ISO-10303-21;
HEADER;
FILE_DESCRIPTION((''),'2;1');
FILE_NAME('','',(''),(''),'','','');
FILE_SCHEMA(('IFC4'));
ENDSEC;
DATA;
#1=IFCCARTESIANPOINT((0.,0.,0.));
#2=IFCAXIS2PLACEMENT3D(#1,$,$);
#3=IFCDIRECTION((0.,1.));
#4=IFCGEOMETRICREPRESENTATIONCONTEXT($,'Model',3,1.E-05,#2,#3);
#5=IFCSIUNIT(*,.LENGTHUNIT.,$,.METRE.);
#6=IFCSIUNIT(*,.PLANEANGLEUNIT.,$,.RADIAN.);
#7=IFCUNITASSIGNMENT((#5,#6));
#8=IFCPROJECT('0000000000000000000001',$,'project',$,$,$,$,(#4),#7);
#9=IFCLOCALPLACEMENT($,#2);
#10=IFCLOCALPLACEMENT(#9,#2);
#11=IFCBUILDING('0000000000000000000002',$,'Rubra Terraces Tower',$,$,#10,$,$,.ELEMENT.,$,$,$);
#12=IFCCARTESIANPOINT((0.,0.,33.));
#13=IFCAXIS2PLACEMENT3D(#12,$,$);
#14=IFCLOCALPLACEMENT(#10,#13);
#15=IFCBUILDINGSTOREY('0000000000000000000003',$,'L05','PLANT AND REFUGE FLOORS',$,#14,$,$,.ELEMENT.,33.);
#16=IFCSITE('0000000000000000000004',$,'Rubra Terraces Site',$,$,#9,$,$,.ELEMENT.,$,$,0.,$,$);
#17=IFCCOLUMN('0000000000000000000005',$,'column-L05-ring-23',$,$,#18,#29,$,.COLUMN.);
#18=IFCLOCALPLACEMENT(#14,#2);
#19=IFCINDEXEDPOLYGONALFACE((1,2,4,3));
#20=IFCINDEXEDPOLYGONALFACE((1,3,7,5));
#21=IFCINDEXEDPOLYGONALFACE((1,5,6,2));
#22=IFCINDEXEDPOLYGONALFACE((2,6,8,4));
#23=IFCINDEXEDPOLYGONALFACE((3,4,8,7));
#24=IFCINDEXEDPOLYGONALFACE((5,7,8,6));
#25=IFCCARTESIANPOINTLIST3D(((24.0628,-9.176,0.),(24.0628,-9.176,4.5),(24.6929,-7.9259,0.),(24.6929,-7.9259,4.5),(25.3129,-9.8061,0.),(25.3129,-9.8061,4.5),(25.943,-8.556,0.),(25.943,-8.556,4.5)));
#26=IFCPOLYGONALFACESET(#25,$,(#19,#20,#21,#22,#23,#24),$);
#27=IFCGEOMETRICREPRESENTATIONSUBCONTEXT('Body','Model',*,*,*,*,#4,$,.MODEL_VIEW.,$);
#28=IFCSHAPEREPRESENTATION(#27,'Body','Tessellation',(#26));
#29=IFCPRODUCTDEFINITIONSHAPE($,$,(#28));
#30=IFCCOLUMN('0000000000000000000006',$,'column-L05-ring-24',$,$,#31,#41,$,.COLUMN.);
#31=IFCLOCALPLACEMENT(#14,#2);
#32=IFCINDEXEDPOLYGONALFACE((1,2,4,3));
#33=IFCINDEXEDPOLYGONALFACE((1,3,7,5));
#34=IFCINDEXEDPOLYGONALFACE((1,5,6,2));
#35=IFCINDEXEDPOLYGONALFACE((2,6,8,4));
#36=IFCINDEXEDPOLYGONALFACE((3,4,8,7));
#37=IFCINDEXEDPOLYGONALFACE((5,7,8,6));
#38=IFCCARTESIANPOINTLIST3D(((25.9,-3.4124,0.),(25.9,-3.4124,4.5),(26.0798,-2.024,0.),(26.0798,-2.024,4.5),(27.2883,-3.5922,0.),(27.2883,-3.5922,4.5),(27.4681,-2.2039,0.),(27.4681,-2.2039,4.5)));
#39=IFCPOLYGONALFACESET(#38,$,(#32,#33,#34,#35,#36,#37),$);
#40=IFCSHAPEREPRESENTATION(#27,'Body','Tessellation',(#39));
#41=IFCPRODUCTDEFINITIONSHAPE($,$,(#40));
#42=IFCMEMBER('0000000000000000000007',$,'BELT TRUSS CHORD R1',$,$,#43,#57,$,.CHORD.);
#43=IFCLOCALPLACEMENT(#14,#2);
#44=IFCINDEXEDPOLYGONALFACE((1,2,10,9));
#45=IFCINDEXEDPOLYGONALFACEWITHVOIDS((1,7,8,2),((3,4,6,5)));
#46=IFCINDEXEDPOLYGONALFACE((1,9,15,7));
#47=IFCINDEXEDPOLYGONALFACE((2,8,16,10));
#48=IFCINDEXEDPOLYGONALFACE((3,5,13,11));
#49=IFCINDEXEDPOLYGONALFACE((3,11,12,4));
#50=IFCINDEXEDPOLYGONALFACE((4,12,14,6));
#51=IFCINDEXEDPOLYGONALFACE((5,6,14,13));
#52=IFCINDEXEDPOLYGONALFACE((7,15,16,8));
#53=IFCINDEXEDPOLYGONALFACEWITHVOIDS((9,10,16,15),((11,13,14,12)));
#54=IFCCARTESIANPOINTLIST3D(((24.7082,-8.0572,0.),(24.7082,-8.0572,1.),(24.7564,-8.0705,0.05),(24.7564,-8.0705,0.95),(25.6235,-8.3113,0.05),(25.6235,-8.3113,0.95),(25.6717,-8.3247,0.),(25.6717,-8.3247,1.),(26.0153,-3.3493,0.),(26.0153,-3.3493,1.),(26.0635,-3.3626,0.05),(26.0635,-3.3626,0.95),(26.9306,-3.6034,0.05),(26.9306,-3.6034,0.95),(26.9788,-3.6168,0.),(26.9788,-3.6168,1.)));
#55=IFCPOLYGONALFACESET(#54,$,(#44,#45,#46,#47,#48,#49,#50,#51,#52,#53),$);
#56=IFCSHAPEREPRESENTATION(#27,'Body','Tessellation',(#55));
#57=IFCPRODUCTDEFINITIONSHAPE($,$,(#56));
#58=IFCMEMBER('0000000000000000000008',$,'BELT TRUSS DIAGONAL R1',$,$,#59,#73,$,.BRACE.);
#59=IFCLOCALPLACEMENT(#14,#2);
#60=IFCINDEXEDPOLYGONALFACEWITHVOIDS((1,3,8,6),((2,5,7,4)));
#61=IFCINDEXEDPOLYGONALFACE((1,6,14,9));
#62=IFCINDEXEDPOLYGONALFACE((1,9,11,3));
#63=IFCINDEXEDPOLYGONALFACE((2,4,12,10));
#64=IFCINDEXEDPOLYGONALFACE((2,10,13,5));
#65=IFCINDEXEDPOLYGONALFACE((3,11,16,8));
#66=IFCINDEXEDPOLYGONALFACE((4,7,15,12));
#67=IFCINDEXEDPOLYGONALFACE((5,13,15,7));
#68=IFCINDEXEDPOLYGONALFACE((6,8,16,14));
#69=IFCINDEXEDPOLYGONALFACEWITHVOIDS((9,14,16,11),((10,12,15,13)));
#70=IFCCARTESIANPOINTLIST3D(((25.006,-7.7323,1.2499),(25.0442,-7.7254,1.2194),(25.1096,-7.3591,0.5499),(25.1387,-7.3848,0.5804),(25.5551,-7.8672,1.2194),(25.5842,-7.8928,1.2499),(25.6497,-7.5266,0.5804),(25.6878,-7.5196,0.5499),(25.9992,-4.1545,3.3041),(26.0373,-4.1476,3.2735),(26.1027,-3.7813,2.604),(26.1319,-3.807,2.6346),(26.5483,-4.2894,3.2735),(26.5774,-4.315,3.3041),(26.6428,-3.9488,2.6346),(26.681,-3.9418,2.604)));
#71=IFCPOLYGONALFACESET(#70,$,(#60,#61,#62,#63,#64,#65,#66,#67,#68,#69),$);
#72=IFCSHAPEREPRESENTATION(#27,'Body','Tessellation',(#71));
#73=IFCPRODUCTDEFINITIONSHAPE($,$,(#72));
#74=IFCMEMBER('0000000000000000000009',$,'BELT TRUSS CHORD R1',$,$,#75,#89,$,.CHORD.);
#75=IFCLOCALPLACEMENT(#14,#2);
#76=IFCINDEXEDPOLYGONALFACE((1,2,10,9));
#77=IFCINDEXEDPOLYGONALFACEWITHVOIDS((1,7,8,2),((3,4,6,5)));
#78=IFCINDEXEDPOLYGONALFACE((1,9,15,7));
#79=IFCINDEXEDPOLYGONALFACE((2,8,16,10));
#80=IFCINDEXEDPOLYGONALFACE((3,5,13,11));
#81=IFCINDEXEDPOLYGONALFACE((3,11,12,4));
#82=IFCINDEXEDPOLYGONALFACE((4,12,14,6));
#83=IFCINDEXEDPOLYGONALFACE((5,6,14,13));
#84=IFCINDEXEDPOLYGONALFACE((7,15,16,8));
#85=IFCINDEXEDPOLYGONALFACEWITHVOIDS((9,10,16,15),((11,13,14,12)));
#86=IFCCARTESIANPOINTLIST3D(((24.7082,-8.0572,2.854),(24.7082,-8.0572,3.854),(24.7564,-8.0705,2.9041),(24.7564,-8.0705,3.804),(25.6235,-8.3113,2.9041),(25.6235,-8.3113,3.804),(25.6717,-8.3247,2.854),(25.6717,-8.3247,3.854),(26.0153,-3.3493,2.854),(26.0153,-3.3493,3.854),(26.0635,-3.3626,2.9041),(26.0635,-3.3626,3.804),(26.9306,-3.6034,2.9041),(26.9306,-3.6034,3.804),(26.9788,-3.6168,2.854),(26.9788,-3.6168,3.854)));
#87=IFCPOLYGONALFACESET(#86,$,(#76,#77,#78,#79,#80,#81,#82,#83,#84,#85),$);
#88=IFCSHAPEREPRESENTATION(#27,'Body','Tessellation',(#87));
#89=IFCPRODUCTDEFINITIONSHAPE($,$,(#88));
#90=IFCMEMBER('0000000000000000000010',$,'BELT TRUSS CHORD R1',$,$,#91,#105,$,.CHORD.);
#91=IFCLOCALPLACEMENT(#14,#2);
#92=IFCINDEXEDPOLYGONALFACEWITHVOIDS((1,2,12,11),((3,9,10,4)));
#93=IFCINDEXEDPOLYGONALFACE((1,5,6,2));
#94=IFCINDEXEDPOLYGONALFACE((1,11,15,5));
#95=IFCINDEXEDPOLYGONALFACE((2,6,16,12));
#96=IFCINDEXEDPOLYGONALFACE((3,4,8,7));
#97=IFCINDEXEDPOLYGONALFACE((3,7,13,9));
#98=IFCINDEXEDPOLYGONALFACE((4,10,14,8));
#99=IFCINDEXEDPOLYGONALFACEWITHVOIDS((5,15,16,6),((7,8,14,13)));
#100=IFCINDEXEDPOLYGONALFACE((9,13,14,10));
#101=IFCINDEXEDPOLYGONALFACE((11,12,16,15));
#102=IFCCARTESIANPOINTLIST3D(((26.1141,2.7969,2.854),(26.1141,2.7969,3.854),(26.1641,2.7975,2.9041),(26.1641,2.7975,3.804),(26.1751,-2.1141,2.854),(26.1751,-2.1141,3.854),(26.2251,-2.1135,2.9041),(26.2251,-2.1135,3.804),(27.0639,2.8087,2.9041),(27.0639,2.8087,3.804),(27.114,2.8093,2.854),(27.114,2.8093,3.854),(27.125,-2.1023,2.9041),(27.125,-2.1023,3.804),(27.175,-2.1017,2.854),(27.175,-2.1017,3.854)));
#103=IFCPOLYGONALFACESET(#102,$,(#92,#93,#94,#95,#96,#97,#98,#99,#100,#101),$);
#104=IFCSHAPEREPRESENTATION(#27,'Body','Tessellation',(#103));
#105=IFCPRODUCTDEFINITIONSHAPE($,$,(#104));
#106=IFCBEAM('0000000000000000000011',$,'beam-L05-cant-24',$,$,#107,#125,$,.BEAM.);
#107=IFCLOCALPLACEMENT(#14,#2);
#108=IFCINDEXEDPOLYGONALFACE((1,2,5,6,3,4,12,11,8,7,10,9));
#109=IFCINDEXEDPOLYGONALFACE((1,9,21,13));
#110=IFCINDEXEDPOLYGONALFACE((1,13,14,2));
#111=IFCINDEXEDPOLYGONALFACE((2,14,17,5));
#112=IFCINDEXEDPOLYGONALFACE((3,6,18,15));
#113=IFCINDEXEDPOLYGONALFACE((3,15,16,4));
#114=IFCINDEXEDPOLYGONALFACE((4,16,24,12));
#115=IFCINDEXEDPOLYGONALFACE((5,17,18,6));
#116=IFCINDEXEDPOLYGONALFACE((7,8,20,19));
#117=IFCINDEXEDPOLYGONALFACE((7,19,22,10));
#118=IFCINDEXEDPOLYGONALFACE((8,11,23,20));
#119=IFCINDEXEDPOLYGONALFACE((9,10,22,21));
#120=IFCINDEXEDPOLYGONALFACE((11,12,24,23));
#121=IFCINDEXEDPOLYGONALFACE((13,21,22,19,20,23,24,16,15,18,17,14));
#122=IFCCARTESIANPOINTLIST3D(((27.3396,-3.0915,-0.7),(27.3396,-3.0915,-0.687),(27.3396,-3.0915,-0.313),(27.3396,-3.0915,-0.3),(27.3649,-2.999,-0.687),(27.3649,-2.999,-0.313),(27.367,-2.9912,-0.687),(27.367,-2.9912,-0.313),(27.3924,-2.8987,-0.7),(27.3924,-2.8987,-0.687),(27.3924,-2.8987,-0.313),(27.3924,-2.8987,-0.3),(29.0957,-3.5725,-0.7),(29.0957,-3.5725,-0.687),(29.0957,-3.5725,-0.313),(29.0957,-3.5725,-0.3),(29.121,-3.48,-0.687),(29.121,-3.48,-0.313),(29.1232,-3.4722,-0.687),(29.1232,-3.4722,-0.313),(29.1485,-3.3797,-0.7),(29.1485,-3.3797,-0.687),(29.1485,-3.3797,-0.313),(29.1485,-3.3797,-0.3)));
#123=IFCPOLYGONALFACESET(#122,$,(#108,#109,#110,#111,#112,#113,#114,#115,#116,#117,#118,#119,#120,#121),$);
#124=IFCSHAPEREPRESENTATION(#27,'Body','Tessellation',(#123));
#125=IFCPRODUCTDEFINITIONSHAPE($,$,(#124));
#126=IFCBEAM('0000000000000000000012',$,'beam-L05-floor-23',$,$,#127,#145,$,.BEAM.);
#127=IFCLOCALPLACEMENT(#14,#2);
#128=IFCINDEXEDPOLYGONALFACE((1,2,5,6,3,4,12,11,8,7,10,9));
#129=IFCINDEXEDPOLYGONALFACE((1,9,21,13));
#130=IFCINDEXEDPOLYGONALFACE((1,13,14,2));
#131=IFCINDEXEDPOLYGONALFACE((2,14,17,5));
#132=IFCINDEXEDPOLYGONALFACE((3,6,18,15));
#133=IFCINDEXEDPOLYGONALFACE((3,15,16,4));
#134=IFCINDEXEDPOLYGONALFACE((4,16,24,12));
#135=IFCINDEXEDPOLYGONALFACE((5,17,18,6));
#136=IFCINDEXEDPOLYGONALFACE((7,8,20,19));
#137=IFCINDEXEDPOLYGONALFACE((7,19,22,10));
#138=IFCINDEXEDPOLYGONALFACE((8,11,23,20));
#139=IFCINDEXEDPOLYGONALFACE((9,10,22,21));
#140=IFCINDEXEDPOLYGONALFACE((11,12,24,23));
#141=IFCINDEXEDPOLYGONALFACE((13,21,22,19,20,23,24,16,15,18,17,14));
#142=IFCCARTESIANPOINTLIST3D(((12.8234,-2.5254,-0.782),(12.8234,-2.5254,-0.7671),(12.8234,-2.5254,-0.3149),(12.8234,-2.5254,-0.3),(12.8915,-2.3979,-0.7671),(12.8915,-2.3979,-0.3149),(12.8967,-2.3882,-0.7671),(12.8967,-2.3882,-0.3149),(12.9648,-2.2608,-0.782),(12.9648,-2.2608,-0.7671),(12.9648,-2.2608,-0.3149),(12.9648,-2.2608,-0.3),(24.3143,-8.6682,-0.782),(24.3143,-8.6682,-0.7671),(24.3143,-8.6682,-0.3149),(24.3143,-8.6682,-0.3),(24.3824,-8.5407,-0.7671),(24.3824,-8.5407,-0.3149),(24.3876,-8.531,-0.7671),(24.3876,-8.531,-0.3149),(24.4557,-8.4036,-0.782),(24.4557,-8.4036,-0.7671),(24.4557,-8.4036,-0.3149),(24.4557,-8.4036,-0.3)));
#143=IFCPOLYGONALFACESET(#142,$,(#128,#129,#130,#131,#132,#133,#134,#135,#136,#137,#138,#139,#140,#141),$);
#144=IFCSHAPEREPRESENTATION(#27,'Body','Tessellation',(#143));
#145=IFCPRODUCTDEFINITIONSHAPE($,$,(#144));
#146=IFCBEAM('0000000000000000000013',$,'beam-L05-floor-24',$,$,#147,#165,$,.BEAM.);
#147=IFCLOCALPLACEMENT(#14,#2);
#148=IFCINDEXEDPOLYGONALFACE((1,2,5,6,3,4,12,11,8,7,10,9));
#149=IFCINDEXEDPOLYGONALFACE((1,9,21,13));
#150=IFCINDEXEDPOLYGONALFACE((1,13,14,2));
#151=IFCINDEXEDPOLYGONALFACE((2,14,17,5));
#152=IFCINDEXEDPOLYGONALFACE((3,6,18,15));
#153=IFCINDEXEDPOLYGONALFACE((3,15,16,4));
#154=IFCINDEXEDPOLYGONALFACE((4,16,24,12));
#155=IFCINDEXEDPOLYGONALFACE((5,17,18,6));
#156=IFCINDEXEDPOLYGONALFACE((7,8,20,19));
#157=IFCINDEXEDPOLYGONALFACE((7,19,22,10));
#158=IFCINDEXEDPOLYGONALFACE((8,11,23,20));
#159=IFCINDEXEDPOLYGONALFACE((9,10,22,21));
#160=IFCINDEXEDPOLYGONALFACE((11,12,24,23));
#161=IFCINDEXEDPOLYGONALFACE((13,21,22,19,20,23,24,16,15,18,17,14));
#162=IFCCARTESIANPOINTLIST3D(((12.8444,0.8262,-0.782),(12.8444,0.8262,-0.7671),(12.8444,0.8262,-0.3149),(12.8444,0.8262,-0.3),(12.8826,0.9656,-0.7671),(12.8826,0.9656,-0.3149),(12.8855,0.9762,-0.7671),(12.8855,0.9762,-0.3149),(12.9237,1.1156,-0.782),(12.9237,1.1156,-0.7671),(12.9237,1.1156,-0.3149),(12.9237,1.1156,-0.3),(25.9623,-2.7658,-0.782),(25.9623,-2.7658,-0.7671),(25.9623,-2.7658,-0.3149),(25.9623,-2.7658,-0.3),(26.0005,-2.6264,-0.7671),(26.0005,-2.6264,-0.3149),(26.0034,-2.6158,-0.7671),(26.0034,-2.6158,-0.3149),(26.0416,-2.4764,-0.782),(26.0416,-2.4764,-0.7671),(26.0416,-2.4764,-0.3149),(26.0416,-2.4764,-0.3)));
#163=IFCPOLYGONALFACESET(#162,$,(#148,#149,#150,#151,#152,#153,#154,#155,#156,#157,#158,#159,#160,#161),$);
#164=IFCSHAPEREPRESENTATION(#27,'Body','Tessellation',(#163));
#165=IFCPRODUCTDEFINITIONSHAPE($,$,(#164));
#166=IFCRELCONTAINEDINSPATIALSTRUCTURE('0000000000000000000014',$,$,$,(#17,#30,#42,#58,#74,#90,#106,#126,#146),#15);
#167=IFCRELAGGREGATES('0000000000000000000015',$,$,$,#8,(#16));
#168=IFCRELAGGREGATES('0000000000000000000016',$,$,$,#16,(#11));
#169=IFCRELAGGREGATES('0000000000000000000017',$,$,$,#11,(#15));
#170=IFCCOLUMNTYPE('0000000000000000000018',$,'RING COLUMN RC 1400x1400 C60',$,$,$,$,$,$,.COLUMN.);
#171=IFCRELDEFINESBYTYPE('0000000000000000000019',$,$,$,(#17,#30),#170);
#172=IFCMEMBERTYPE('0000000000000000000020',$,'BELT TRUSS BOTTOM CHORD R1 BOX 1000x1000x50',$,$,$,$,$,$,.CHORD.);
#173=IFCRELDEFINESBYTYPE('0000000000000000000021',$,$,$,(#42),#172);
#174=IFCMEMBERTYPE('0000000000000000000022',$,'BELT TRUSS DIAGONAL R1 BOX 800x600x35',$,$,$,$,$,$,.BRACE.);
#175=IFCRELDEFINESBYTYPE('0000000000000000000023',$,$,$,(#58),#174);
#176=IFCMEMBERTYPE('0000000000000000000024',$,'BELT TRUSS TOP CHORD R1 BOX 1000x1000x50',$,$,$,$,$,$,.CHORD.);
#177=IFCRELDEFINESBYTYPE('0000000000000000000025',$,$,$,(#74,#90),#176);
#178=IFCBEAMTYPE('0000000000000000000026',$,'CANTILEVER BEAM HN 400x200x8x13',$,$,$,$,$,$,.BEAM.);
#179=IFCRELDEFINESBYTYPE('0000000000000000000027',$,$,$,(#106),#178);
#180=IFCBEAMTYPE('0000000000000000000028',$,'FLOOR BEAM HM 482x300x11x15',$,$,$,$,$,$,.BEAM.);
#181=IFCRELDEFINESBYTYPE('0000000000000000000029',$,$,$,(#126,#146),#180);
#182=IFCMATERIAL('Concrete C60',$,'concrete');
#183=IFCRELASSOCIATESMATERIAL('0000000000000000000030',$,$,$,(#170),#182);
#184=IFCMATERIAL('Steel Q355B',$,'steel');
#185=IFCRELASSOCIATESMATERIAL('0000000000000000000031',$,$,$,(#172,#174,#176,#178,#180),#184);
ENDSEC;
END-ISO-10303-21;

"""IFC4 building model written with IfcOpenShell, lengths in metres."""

from ifc_helpers import new_model, si_unit, direction, frame, origin, origin_2d, place, context, subcontext, project, spatial, rectangle, hollow_rectangle, i_section, extrude, material, material_profile, profile_set, type_object, element, save


model = new_model("IFC4")

# Units and contexts
model_context = context("Model", 3, precision=1e-05, world=origin(), true_north=direction((0.0, 1.0)))
body_context = subcontext(model_context, "Body", "Model", "MODEL_VIEW")
ifc_project = project(units=[si_unit("LENGTHUNIT", "METRE"), si_unit("PLANEANGLEUNIT", "RADIAN")], contexts=[model_context])

# Site, building, storey
site_placement = place(None, origin())
site = spatial("IfcSite", under=ifc_project, at=site_placement, Name="Rubra Terraces Site", CompositionType="ELEMENT", RefElevation=0.0)
building_placement = place(site_placement, origin())
building = spatial("IfcBuilding", under=site, at=building_placement, Name="Rubra Terraces Tower", CompositionType="ELEMENT")
storey_placement = place(building_placement, frame((0.0, 0.0, 33.0)))
storey = spatial("IfcBuildingStorey", under=building, at=storey_placement, Name="L05", Description="PLANT AND REFUGE FLOORS", CompositionType="ELEMENT", Elevation=33.0)

# Columns
ifc_material_1 = material(Name="Concrete C60", Category="concrete")
ifc_material_profile_1 = material_profile(ifc_material_1, rectangle(XDim=1.3999, YDim=1.3999, at=origin_2d()), Name="RC 1400x1400")
ifc_profile_set_1 = profile_set([ifc_material_profile_1], Name="Concrete C60")
column_type = type_object("IfcColumnType", Name="RING COLUMN RC 1400x1400 C60", PredefinedType="COLUMN", material=ifc_profile_set_1)
for number, where, z_axis, x_axis, name in (
    (1, (25.0029, -8.866, 0.0), (0.0, 0.0, 1.0), (0.450099, 0.892979, 0.0), "column-L05-ring-23"),
    (2, (26.6841, -2.8081, 0.0), (0.0, 0.0, 1.0), (0.128445, 0.991717, 0.0), "column-L05-ring-24"),
):
    element("IfcColumn", number, at=place(storey_placement, frame(where, z_axis=z_axis, x_axis=x_axis)), inside=storey, type_object=column_type, Name=name, PredefinedType="COLUMN", context=body_context, shape_type="SweptSolid", body=[
        extrude(rectangle(XDim=1.3999, YDim=1.3999, at=origin_2d()), origin(), (0.0, 0.0, 1.0), 4.5),
    ])

# Members
ifc_material_2 = material(Name="Steel Q355B", Category="steel")
ifc_material_profile_2 = material_profile(ifc_material_2, hollow_rectangle(XDim=1.0, YDim=1.0, WallThickness=0.05, at=origin_2d()), Name="BOX 1000x1000x50")
ifc_profile_set_2 = profile_set([ifc_material_profile_2], Name="Steel Q355B")
member_type_1 = type_object("IfcMemberType", Name="BELT TRUSS BOTTOM CHORD R1 BOX 1000x1000x50", PredefinedType="CHORD", material=ifc_profile_set_2)
member_1_placement = place(storey_placement, frame((25.1899, -8.1909, 0.5), z_axis=(0.26752, 0.963552, 0.0), x_axis=(-0.963552, 0.26752, 0.0)))
element("IfcMember", 3, at=member_1_placement, inside=storey, type_object=member_type_1, Name="BELT TRUSS CHORD R1", PredefinedType="CHORD", context=body_context, shape_type="SweptSolid", body=[
    extrude(hollow_rectangle(XDim=1.0, YDim=1.0, WallThickness=0.05, at=origin_2d()), origin(), (0.0, 0.0, 1.0), 4.886),
])
ifc_material_profile_3 = material_profile(ifc_material_2, hollow_rectangle(XDim=0.6001, YDim=0.8, WallThickness=0.0349, at=origin_2d()), Name="BOX 800x600x35")
ifc_profile_set_3 = profile_set([ifc_material_profile_3], Name="Steel Q355B")
member_type_2 = type_object("IfcMemberType", Name="BELT TRUSS DIAGONAL R1 BOX 800x600x35", PredefinedType="BRACE", material=ifc_profile_set_3)
member_2_placement = place(storey_placement, frame((25.3469, -7.626, 0.8999), z_axis=(0.234043, 0.843143, 0.484081), x_axis=(-0.963566, 0.267471, 0.0)))
element("IfcMember", 4, at=member_2_placement, inside=storey, type_object=member_type_2, Name="BELT TRUSS DIAGONAL R1", PredefinedType="BRACE", context=body_context, shape_type="SweptSolid", body=[
    extrude(hollow_rectangle(XDim=0.6001, YDim=0.8, WallThickness=0.0349, at=origin_2d()), origin(), (0.0, 0.0, 1.0), 4.2434),
])
ifc_material_profile_4 = material_profile(ifc_material_2, hollow_rectangle(XDim=1.0, YDim=1.0, WallThickness=0.05, at=origin_2d()), Name="BOX 1000x1000x50")
ifc_profile_set_4 = profile_set([ifc_material_profile_4], Name="Steel Q355B")
member_type_3 = type_object("IfcMemberType", Name="BELT TRUSS TOP CHORD R1 BOX 1000x1000x50", PredefinedType="CHORD", material=ifc_profile_set_4)
member_3_placement = place(storey_placement, frame((25.1899, -8.1909, 3.354), z_axis=(0.26752, 0.963552, 0.0), x_axis=(-0.963552, 0.26752, 0.0)))
element("IfcMember", 5, at=member_3_placement, inside=storey, type_object=member_type_3, Name="BELT TRUSS CHORD R1", PredefinedType="CHORD", context=body_context, shape_type="SweptSolid", body=[
    extrude(hollow_rectangle(XDim=1.0, YDim=1.0, WallThickness=0.05, at=origin_2d()), origin(), (0.0, 0.0, 1.0), 4.886),
])
member_4_placement = place(storey_placement, frame((26.675, -2.1079, 3.354), z_axis=(-0.012428, 0.999923, 0.0), x_axis=(-0.999923, -0.012428, 0.0)))
element("IfcMember", 6, at=member_4_placement, inside=storey, type_object=member_type_3, Name="BELT TRUSS CHORD R1", PredefinedType="CHORD", context=body_context, shape_type="SweptSolid", body=[
    extrude(hollow_rectangle(XDim=1.0, YDim=1.0, WallThickness=0.05, at=origin_2d()), origin(), (0.0, 0.0, 1.0), 4.9114),
])

# Beams
ifc_material_profile_5 = material_profile(ifc_material_2, i_section(OverallWidth=0.2, OverallDepth=0.3999, WebThickness=0.0081, FlangeThickness=0.0129, at=origin_2d()), Name="HN 400x200x8x13")
ifc_profile_set_5 = profile_set([ifc_material_profile_5], Name="Steel Q355B")
beam_type_1 = type_object("IfcBeamType", Name="CANTILEVER BEAM HN 400x200x8x13", PredefinedType="BEAM", material=ifc_profile_set_5)
beam_1_placement = place(storey_placement, frame((27.366, -2.9951, -0.5), z_axis=(0.964482, -0.26415, 0.0), x_axis=(0.26415, 0.964482, 0.0)))
element("IfcBeam", 7, at=beam_1_placement, inside=storey, type_object=beam_type_1, Name="beam-L05-cant-24", PredefinedType="BEAM", context=body_context, shape_type="SweptSolid", body=[
    extrude(i_section(OverallWidth=0.2, OverallDepth=0.3999, WebThickness=0.0081, FlangeThickness=0.0129, at=origin_2d()), origin(), (0.0, 0.0, 1.0), 1.8208),
])
ifc_material_profile_6 = material_profile(ifc_material_2, i_section(OverallWidth=0.3, OverallDepth=0.4819, WebThickness=0.011, FlangeThickness=0.0149, at=origin_2d()), Name="HM 482x300x11x15")
ifc_profile_set_6 = profile_set([ifc_material_profile_6], Name="Steel Q355B")
beam_type_2 = type_object("IfcBeamType", Name="FLOOR BEAM HM 482x300x11x15", PredefinedType="BEAM", material=ifc_profile_set_6)
beam_2_placement = place(storey_placement, frame((24.385, -8.5359, -0.541), z_axis=(-0.881897, 0.471443, 0.0), x_axis=(-0.471443, -0.881897, 0.0)))
element("IfcBeam", 8, at=beam_2_placement, inside=storey, type_object=beam_type_2, Name="beam-L05-floor-23", PredefinedType="BEAM", context=body_context, shape_type="SweptSolid", body=[
    extrude(i_section(OverallWidth=0.3, OverallDepth=0.4819, WebThickness=0.011, FlangeThickness=0.0149, at=origin_2d()), origin(), (0.0, 0.0, 1.0), 13.0298),
])
beam_3_placement = place(storey_placement, frame((26.002, -2.6211, -0.541), z_axis=(-0.964494, 0.264105, 0.0), x_axis=(-0.264105, -0.964494, 0.0)))
element("IfcBeam", 9, at=beam_3_placement, inside=storey, type_object=beam_type_2, Name="beam-L05-floor-24", PredefinedType="BEAM", context=body_context, shape_type="SweptSolid", body=[
    extrude(i_section(OverallWidth=0.3, OverallDepth=0.4819, WebThickness=0.011, FlangeThickness=0.0149, at=origin_2d()), origin(), (0.0, 0.0, 1.0), 13.6008),
])

save(model, "model.ifc")
